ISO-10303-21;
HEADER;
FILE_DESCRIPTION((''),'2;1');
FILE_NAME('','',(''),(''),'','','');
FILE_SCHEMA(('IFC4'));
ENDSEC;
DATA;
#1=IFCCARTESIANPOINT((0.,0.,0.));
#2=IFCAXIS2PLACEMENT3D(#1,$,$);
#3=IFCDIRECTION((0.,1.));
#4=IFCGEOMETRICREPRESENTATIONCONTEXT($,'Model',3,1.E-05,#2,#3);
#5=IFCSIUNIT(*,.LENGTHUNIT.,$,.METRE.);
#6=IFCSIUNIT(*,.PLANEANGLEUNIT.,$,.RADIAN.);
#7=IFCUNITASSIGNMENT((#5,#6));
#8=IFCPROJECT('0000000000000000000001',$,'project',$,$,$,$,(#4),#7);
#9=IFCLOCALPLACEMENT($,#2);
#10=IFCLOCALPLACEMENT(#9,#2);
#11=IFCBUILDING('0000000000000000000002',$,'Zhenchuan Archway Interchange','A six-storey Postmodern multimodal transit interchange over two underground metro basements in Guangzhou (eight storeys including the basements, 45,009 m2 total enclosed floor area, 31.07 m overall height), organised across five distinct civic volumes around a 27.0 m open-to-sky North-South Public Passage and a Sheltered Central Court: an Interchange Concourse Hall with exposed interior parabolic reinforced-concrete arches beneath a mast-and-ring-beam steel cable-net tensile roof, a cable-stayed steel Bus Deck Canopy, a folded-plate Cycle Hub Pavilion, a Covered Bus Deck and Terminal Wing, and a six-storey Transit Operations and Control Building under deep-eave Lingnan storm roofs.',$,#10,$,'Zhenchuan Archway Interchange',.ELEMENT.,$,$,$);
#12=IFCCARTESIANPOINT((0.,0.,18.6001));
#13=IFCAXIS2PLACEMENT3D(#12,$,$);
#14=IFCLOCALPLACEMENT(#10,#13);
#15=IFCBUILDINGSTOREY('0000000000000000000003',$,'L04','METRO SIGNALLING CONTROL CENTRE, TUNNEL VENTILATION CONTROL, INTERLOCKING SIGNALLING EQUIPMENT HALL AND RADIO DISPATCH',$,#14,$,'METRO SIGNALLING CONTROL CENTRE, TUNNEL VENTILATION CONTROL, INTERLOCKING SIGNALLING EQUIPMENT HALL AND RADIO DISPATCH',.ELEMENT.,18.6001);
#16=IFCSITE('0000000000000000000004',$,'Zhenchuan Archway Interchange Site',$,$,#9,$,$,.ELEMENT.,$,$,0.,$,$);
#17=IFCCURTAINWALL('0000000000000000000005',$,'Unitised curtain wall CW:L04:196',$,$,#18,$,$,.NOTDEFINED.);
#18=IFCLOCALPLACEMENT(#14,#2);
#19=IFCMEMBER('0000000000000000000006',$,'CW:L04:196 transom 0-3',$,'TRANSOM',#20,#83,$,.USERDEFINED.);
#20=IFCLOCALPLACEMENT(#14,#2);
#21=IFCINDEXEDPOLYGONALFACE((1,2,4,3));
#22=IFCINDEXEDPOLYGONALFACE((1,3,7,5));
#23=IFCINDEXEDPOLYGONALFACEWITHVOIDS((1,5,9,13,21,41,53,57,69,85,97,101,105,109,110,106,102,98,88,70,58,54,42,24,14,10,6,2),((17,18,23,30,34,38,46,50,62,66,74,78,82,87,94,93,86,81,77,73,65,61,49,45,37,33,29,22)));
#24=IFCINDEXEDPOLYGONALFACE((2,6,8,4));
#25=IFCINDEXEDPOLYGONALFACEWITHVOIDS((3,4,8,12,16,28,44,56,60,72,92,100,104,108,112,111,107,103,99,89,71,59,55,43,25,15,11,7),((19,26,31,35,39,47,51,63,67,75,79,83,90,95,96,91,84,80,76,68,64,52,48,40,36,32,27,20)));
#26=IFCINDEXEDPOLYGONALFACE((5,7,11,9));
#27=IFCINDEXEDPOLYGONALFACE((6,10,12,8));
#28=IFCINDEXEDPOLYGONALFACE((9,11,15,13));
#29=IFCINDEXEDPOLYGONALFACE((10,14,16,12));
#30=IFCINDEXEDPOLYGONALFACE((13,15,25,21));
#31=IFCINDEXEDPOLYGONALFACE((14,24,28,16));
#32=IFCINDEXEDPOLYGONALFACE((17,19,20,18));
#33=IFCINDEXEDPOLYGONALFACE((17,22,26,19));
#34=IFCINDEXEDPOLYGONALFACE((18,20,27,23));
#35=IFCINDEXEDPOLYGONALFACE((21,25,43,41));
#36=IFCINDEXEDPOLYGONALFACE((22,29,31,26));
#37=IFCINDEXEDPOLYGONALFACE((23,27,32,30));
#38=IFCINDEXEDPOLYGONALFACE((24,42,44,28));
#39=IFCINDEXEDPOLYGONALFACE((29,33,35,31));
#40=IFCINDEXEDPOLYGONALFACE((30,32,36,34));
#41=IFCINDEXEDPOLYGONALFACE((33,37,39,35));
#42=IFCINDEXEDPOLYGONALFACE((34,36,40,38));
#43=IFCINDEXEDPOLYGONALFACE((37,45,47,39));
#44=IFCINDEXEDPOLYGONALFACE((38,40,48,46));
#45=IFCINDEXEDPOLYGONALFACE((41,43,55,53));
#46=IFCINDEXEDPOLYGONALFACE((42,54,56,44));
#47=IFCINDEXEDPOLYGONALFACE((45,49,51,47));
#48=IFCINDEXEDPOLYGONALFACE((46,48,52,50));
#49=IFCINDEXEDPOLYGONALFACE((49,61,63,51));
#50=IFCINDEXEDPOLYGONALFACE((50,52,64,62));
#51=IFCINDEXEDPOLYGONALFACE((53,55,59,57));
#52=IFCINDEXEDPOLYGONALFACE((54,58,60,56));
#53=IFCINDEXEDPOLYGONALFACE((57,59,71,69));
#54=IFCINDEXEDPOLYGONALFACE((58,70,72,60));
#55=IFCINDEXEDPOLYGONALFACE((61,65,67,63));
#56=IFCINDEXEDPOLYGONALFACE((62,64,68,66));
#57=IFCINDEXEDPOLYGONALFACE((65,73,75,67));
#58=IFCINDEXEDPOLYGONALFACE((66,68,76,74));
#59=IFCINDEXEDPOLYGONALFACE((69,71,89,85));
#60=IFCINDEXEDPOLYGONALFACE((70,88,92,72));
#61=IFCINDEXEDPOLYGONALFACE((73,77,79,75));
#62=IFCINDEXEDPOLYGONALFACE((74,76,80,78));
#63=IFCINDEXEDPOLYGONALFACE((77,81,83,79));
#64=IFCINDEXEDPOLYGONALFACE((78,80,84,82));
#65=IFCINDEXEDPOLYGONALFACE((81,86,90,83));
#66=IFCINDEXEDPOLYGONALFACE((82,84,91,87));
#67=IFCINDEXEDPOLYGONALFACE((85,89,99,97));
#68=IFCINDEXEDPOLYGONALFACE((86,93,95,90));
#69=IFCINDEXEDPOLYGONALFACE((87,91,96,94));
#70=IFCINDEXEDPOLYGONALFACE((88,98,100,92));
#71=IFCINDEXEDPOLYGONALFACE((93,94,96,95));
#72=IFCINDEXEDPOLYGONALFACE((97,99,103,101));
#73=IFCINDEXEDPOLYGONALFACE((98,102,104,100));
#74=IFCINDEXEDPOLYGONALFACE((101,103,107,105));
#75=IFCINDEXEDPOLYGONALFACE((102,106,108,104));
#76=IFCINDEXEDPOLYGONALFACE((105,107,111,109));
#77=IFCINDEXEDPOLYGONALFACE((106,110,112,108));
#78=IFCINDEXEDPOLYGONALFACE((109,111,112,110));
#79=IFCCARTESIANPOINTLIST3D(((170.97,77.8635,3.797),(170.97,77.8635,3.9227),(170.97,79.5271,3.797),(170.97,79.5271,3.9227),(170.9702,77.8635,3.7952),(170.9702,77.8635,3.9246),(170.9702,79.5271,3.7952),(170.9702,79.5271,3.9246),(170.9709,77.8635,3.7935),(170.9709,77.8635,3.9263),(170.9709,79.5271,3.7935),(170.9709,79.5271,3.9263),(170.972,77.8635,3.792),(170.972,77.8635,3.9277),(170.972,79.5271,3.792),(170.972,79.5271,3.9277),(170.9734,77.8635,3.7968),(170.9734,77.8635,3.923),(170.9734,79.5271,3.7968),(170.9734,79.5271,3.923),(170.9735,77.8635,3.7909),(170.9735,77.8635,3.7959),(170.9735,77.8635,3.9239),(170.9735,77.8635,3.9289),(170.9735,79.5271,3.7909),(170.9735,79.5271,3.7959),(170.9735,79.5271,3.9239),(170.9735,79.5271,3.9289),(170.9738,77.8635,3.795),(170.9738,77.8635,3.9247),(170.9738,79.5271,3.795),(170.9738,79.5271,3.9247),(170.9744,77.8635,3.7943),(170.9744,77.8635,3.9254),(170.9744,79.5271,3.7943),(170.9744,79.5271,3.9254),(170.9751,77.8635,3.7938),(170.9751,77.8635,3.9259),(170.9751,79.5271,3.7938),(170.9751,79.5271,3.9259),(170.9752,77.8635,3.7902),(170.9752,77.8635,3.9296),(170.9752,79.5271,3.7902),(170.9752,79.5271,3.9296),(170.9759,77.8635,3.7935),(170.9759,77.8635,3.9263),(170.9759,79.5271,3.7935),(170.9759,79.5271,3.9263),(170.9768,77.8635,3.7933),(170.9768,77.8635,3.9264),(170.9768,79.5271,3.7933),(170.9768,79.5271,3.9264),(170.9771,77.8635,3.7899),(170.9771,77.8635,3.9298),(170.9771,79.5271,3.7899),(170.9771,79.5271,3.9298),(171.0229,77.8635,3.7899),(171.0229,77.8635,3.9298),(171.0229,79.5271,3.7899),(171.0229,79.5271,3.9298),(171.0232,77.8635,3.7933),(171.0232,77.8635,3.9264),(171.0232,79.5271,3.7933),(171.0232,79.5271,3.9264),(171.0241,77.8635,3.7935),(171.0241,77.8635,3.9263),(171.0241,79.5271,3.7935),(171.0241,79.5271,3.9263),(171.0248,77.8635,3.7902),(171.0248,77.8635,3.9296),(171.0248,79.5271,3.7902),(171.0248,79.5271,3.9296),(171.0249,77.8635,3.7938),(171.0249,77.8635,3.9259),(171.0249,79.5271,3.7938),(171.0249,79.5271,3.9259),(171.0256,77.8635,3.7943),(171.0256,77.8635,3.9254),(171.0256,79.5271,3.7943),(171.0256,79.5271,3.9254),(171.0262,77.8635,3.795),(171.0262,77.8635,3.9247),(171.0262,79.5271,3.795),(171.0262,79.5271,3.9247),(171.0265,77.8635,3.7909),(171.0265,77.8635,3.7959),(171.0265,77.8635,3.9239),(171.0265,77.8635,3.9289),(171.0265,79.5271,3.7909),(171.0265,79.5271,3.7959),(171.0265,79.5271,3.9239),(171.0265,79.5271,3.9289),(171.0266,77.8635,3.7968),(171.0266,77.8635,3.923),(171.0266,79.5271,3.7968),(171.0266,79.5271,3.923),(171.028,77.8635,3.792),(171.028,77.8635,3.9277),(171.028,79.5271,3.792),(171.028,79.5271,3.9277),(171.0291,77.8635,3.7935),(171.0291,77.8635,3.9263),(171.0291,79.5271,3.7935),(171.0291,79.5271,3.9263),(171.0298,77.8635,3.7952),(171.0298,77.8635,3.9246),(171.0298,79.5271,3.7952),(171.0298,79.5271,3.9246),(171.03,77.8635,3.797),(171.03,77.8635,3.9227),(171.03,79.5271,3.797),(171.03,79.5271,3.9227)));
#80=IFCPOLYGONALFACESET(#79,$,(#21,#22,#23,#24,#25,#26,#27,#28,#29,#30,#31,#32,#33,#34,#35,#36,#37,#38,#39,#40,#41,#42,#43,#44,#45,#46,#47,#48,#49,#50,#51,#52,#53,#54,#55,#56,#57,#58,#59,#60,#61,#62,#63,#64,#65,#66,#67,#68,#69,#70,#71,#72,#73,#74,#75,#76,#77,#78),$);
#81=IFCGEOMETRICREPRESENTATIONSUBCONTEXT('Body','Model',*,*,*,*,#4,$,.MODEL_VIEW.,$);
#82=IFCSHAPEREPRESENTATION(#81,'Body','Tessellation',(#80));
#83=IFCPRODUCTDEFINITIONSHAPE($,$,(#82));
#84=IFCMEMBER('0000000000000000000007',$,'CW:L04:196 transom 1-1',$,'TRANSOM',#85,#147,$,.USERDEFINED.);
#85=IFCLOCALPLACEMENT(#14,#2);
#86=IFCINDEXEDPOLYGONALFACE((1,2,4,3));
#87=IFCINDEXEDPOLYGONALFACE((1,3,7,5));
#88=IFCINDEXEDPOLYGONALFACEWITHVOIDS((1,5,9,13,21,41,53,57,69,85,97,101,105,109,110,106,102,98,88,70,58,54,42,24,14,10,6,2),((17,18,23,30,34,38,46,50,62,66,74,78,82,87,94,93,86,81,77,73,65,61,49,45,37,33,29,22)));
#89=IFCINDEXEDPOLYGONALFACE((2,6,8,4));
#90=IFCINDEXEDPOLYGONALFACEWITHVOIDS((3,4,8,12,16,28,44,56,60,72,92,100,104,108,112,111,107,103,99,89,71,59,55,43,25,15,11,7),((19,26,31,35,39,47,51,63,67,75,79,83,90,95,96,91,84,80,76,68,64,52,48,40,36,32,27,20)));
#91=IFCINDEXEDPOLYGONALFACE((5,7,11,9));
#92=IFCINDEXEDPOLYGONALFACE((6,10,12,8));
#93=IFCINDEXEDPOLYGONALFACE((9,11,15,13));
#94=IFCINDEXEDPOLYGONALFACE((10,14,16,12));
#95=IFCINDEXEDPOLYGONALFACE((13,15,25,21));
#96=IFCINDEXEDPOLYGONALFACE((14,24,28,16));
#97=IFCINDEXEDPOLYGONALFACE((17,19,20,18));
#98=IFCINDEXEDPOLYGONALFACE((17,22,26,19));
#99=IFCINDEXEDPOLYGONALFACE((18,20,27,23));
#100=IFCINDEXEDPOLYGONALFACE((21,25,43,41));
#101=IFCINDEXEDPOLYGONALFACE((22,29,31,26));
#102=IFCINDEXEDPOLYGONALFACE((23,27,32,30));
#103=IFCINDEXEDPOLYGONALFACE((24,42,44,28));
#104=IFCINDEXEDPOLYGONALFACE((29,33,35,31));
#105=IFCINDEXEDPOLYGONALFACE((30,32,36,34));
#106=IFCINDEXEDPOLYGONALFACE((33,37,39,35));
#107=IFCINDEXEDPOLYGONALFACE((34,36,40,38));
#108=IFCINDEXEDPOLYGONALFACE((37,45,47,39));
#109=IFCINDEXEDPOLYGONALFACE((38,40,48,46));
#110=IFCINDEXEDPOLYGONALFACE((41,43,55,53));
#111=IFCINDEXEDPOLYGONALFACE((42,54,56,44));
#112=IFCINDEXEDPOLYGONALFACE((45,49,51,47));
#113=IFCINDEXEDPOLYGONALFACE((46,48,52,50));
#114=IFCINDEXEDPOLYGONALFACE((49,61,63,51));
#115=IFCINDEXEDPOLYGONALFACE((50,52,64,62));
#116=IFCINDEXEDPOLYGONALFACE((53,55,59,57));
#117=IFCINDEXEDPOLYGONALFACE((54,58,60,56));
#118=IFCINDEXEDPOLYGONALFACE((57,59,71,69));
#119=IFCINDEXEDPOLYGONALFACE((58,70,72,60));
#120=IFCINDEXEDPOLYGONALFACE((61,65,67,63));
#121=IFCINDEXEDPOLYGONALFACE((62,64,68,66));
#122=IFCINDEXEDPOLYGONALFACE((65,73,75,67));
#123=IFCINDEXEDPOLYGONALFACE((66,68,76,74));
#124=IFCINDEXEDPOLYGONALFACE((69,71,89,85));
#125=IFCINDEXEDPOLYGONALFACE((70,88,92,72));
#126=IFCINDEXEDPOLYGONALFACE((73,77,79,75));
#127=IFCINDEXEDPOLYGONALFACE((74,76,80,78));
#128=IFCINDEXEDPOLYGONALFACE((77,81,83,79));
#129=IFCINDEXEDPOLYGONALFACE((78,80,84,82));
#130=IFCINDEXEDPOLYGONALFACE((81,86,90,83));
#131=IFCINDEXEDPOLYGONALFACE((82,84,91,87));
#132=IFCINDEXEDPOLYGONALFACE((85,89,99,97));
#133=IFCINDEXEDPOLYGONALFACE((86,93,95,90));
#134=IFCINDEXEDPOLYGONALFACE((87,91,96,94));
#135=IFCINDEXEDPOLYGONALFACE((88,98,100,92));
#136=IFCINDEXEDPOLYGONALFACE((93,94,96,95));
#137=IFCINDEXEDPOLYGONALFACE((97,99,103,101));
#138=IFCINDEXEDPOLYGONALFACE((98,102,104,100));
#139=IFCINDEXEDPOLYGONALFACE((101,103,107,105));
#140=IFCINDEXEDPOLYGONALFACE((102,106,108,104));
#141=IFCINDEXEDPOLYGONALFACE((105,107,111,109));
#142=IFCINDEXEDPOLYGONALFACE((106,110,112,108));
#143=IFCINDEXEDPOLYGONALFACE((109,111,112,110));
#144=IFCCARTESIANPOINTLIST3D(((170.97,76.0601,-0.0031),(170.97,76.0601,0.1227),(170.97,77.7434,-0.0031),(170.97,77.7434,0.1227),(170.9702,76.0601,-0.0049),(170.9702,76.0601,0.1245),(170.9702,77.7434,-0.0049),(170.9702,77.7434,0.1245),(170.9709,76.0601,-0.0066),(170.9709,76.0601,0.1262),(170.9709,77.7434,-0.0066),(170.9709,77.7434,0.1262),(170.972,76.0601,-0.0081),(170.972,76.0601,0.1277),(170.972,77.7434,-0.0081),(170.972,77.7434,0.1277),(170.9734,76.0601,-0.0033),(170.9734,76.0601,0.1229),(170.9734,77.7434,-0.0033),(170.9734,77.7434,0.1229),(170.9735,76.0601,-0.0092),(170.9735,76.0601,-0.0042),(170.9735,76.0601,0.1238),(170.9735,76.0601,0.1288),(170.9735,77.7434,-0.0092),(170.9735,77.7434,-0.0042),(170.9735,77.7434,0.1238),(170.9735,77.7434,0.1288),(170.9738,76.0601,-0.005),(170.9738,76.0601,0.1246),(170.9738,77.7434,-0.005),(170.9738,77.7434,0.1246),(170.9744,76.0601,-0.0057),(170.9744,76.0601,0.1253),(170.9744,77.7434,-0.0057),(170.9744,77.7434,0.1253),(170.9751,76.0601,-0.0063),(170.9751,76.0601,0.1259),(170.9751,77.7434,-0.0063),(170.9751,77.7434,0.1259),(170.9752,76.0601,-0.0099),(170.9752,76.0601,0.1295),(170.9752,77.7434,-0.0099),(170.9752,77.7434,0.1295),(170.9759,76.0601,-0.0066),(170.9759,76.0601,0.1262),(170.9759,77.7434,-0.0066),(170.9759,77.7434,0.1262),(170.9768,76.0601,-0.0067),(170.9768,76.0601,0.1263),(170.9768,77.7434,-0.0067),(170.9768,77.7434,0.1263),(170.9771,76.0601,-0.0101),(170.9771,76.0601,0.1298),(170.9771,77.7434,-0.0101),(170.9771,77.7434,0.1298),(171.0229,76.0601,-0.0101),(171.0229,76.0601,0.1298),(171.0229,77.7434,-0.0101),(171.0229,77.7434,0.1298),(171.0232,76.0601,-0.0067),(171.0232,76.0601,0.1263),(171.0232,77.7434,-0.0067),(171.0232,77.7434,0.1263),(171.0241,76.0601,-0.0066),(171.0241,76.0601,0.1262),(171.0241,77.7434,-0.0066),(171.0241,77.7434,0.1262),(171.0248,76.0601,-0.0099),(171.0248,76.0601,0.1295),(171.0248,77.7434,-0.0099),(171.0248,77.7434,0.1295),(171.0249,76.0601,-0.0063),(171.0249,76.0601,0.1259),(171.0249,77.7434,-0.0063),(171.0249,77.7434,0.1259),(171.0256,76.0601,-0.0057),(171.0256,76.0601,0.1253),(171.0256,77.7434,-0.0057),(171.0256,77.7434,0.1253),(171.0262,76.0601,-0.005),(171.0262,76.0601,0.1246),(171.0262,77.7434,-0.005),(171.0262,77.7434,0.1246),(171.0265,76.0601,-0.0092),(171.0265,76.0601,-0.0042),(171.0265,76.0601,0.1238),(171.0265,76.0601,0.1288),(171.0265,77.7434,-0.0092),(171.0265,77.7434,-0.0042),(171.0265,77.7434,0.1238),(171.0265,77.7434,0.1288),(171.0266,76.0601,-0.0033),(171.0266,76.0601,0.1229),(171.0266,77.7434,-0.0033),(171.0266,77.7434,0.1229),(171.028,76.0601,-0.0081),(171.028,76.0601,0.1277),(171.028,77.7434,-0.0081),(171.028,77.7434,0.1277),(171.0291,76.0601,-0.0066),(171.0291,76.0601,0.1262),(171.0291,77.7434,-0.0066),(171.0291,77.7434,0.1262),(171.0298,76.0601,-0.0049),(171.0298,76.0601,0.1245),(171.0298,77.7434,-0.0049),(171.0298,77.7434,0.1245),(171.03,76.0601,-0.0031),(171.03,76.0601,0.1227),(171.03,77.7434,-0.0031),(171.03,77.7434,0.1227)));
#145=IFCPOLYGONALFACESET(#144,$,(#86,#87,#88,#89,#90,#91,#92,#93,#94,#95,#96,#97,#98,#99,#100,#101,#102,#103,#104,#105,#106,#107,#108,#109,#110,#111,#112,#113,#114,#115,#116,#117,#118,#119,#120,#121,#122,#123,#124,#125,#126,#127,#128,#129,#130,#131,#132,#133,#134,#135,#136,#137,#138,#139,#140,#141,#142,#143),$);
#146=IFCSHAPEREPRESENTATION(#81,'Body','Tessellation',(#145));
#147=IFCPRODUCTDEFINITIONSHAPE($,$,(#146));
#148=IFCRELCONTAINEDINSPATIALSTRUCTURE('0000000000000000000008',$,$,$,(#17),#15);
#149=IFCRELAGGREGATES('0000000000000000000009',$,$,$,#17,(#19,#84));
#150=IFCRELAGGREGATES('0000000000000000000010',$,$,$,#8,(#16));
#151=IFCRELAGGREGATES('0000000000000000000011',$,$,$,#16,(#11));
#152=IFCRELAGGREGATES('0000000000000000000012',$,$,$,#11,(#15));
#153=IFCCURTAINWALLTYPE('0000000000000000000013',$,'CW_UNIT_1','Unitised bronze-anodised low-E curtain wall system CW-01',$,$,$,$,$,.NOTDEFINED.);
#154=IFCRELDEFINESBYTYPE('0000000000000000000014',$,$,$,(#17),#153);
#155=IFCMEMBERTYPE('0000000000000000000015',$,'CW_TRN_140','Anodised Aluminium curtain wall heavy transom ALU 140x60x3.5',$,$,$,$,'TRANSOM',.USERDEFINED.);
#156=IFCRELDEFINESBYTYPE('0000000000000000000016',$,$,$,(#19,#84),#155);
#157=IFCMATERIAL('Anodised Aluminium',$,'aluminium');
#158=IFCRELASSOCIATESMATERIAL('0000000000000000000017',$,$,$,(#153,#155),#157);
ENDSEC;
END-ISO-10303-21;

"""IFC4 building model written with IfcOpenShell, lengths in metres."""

from ifc_helpers import new_model, si_unit, direction, frame, origin, origin_2d, place, context, subcontext, project, spatial, hollow_rectangle, extrude, material, material_profile, profile_set, type_object, element, aggregate, save


model = new_model("IFC4")

# Units and contexts
model_context = context("Model", 3, precision=1e-05, world=origin(), true_north=direction((0.0, 1.0)))
body_context = subcontext(model_context, "Body", "Model", "MODEL_VIEW")
ifc_project = project(units=[si_unit("LENGTHUNIT", "METRE"), si_unit("PLANEANGLEUNIT", "RADIAN")], contexts=[model_context])

# Site, building, storey
site_placement = place(None, origin())
site = spatial("IfcSite", under=ifc_project, at=site_placement, Name="Zhenchuan Archway Interchange Site", CompositionType="ELEMENT", RefElevation=0.0)
building_placement = place(site_placement, origin())
building = spatial("IfcBuilding", under=site, at=building_placement, Name="Zhenchuan Archway Interchange", Description="A six-storey Postmodern multimodal transit interchange over two underground metro basements in Guangzhou (eight storeys including the basements, 45,009 m2 total enclosed floor area, 31.07 m overall height), organised across five distinct civic volumes around a 27.0 m open-to-sky North-South Public Passage and a Sheltered Central Court: an Interchange Concourse Hall with exposed interior parabolic reinforced-concrete arches beneath a mast-and-ring-beam steel cable-net tensile roof, a cable-stayed steel Bus Deck Canopy, a folded-plate Cycle Hub Pavilion, a Covered Bus Deck and Terminal Wing, and a six-storey Transit Operations and Control Building under deep-eave Lingnan storm roofs.", LongName="Zhenchuan Archway Interchange", CompositionType="ELEMENT")
storey_placement = place(building_placement, frame((0.0, 0.0, 18.6001)))
storey = spatial("IfcBuildingStorey", under=building, at=storey_placement, Name="L04", Description="METRO SIGNALLING CONTROL CENTRE, TUNNEL VENTILATION CONTROL, INTERLOCKING SIGNALLING EQUIPMENT HALL AND RADIO DISPATCH", LongName="METRO SIGNALLING CONTROL CENTRE, TUNNEL VENTILATION CONTROL, INTERLOCKING SIGNALLING EQUIPMENT HALL AND RADIO DISPATCH", CompositionType="ELEMENT", Elevation=18.6001)

# Curtain wall, members
ifc_material_1 = material(Name="Anodised Aluminium", Category="aluminium")
curtain_wall_type = type_object("IfcCurtainWallType", Name="CW_UNIT_1", Description="Unitised bronze-anodised low-E curtain wall system CW-01", PredefinedType="NOTDEFINED", material=ifc_material_1)
curtain_wall_placement = place(storey_placement, origin())
curtain_wall = element("IfcCurtainWall", 1, at=curtain_wall_placement, inside=storey, type_object=curtain_wall_type, Name="Unitised curtain wall CW:L04:196", PredefinedType="NOTDEFINED")
ifc_material_profile_1 = material_profile(ifc_material_1, hollow_rectangle(XDim=0.0601, YDim=0.1399, WallThickness=0.0034, InnerFilletRadius=0.0034, OuterFilletRadius=0.0071, at=origin_2d()), Name="ALU 140x60x3.5")
ifc_profile_set_1 = profile_set([ifc_material_profile_1], Name="Anodised Aluminium")
member_type_1 = type_object("IfcMemberType", Name="CW_TRN_140", Description="Anodised Aluminium curtain wall heavy transom ALU 140x60x3.5", ElementType="TRANSOM", PredefinedType="USERDEFINED", material=ifc_profile_set_1)
member_1_placement = place(storey_placement, frame((171.0, 79.5271, 3.8599), z_axis=(0.0, -1.0, 0.0), x_axis=(1.0, 0.0, 0.0)))
member_1 = element("IfcMember", 2, at=member_1_placement, type_object=member_type_1, Name="CW:L04:196 transom 0-3", ObjectType="TRANSOM", PredefinedType="USERDEFINED", context=body_context, shape_type="SweptSolid", body=[
    extrude(hollow_rectangle(XDim=0.0601, YDim=0.1399, WallThickness=0.0034, InnerFilletRadius=0.0034, OuterFilletRadius=0.0071, at=origin_2d()), origin(), (0.0, 0.0, 1.0), 1.6636),
])
member_2_placement = place(storey_placement, frame((171.0, 77.7434, 0.0598), z_axis=(0.0, -1.0, 0.0), x_axis=(1.0, 0.0, 0.0)))
member_2 = element("IfcMember", 3, at=member_2_placement, type_object=member_type_1, Name="CW:L04:196 transom 1-1", ObjectType="TRANSOM", PredefinedType="USERDEFINED", context=body_context, shape_type="SweptSolid", body=[
    extrude(hollow_rectangle(XDim=0.0601, YDim=0.1399, WallThickness=0.0034, InnerFilletRadius=0.0034, OuterFilletRadius=0.0071, at=origin_2d()), origin(), (0.0, 0.0, 1.0), 1.6833),
])
aggregate(curtain_wall, [member_1, member_2])

save(model, "model.ifc")
